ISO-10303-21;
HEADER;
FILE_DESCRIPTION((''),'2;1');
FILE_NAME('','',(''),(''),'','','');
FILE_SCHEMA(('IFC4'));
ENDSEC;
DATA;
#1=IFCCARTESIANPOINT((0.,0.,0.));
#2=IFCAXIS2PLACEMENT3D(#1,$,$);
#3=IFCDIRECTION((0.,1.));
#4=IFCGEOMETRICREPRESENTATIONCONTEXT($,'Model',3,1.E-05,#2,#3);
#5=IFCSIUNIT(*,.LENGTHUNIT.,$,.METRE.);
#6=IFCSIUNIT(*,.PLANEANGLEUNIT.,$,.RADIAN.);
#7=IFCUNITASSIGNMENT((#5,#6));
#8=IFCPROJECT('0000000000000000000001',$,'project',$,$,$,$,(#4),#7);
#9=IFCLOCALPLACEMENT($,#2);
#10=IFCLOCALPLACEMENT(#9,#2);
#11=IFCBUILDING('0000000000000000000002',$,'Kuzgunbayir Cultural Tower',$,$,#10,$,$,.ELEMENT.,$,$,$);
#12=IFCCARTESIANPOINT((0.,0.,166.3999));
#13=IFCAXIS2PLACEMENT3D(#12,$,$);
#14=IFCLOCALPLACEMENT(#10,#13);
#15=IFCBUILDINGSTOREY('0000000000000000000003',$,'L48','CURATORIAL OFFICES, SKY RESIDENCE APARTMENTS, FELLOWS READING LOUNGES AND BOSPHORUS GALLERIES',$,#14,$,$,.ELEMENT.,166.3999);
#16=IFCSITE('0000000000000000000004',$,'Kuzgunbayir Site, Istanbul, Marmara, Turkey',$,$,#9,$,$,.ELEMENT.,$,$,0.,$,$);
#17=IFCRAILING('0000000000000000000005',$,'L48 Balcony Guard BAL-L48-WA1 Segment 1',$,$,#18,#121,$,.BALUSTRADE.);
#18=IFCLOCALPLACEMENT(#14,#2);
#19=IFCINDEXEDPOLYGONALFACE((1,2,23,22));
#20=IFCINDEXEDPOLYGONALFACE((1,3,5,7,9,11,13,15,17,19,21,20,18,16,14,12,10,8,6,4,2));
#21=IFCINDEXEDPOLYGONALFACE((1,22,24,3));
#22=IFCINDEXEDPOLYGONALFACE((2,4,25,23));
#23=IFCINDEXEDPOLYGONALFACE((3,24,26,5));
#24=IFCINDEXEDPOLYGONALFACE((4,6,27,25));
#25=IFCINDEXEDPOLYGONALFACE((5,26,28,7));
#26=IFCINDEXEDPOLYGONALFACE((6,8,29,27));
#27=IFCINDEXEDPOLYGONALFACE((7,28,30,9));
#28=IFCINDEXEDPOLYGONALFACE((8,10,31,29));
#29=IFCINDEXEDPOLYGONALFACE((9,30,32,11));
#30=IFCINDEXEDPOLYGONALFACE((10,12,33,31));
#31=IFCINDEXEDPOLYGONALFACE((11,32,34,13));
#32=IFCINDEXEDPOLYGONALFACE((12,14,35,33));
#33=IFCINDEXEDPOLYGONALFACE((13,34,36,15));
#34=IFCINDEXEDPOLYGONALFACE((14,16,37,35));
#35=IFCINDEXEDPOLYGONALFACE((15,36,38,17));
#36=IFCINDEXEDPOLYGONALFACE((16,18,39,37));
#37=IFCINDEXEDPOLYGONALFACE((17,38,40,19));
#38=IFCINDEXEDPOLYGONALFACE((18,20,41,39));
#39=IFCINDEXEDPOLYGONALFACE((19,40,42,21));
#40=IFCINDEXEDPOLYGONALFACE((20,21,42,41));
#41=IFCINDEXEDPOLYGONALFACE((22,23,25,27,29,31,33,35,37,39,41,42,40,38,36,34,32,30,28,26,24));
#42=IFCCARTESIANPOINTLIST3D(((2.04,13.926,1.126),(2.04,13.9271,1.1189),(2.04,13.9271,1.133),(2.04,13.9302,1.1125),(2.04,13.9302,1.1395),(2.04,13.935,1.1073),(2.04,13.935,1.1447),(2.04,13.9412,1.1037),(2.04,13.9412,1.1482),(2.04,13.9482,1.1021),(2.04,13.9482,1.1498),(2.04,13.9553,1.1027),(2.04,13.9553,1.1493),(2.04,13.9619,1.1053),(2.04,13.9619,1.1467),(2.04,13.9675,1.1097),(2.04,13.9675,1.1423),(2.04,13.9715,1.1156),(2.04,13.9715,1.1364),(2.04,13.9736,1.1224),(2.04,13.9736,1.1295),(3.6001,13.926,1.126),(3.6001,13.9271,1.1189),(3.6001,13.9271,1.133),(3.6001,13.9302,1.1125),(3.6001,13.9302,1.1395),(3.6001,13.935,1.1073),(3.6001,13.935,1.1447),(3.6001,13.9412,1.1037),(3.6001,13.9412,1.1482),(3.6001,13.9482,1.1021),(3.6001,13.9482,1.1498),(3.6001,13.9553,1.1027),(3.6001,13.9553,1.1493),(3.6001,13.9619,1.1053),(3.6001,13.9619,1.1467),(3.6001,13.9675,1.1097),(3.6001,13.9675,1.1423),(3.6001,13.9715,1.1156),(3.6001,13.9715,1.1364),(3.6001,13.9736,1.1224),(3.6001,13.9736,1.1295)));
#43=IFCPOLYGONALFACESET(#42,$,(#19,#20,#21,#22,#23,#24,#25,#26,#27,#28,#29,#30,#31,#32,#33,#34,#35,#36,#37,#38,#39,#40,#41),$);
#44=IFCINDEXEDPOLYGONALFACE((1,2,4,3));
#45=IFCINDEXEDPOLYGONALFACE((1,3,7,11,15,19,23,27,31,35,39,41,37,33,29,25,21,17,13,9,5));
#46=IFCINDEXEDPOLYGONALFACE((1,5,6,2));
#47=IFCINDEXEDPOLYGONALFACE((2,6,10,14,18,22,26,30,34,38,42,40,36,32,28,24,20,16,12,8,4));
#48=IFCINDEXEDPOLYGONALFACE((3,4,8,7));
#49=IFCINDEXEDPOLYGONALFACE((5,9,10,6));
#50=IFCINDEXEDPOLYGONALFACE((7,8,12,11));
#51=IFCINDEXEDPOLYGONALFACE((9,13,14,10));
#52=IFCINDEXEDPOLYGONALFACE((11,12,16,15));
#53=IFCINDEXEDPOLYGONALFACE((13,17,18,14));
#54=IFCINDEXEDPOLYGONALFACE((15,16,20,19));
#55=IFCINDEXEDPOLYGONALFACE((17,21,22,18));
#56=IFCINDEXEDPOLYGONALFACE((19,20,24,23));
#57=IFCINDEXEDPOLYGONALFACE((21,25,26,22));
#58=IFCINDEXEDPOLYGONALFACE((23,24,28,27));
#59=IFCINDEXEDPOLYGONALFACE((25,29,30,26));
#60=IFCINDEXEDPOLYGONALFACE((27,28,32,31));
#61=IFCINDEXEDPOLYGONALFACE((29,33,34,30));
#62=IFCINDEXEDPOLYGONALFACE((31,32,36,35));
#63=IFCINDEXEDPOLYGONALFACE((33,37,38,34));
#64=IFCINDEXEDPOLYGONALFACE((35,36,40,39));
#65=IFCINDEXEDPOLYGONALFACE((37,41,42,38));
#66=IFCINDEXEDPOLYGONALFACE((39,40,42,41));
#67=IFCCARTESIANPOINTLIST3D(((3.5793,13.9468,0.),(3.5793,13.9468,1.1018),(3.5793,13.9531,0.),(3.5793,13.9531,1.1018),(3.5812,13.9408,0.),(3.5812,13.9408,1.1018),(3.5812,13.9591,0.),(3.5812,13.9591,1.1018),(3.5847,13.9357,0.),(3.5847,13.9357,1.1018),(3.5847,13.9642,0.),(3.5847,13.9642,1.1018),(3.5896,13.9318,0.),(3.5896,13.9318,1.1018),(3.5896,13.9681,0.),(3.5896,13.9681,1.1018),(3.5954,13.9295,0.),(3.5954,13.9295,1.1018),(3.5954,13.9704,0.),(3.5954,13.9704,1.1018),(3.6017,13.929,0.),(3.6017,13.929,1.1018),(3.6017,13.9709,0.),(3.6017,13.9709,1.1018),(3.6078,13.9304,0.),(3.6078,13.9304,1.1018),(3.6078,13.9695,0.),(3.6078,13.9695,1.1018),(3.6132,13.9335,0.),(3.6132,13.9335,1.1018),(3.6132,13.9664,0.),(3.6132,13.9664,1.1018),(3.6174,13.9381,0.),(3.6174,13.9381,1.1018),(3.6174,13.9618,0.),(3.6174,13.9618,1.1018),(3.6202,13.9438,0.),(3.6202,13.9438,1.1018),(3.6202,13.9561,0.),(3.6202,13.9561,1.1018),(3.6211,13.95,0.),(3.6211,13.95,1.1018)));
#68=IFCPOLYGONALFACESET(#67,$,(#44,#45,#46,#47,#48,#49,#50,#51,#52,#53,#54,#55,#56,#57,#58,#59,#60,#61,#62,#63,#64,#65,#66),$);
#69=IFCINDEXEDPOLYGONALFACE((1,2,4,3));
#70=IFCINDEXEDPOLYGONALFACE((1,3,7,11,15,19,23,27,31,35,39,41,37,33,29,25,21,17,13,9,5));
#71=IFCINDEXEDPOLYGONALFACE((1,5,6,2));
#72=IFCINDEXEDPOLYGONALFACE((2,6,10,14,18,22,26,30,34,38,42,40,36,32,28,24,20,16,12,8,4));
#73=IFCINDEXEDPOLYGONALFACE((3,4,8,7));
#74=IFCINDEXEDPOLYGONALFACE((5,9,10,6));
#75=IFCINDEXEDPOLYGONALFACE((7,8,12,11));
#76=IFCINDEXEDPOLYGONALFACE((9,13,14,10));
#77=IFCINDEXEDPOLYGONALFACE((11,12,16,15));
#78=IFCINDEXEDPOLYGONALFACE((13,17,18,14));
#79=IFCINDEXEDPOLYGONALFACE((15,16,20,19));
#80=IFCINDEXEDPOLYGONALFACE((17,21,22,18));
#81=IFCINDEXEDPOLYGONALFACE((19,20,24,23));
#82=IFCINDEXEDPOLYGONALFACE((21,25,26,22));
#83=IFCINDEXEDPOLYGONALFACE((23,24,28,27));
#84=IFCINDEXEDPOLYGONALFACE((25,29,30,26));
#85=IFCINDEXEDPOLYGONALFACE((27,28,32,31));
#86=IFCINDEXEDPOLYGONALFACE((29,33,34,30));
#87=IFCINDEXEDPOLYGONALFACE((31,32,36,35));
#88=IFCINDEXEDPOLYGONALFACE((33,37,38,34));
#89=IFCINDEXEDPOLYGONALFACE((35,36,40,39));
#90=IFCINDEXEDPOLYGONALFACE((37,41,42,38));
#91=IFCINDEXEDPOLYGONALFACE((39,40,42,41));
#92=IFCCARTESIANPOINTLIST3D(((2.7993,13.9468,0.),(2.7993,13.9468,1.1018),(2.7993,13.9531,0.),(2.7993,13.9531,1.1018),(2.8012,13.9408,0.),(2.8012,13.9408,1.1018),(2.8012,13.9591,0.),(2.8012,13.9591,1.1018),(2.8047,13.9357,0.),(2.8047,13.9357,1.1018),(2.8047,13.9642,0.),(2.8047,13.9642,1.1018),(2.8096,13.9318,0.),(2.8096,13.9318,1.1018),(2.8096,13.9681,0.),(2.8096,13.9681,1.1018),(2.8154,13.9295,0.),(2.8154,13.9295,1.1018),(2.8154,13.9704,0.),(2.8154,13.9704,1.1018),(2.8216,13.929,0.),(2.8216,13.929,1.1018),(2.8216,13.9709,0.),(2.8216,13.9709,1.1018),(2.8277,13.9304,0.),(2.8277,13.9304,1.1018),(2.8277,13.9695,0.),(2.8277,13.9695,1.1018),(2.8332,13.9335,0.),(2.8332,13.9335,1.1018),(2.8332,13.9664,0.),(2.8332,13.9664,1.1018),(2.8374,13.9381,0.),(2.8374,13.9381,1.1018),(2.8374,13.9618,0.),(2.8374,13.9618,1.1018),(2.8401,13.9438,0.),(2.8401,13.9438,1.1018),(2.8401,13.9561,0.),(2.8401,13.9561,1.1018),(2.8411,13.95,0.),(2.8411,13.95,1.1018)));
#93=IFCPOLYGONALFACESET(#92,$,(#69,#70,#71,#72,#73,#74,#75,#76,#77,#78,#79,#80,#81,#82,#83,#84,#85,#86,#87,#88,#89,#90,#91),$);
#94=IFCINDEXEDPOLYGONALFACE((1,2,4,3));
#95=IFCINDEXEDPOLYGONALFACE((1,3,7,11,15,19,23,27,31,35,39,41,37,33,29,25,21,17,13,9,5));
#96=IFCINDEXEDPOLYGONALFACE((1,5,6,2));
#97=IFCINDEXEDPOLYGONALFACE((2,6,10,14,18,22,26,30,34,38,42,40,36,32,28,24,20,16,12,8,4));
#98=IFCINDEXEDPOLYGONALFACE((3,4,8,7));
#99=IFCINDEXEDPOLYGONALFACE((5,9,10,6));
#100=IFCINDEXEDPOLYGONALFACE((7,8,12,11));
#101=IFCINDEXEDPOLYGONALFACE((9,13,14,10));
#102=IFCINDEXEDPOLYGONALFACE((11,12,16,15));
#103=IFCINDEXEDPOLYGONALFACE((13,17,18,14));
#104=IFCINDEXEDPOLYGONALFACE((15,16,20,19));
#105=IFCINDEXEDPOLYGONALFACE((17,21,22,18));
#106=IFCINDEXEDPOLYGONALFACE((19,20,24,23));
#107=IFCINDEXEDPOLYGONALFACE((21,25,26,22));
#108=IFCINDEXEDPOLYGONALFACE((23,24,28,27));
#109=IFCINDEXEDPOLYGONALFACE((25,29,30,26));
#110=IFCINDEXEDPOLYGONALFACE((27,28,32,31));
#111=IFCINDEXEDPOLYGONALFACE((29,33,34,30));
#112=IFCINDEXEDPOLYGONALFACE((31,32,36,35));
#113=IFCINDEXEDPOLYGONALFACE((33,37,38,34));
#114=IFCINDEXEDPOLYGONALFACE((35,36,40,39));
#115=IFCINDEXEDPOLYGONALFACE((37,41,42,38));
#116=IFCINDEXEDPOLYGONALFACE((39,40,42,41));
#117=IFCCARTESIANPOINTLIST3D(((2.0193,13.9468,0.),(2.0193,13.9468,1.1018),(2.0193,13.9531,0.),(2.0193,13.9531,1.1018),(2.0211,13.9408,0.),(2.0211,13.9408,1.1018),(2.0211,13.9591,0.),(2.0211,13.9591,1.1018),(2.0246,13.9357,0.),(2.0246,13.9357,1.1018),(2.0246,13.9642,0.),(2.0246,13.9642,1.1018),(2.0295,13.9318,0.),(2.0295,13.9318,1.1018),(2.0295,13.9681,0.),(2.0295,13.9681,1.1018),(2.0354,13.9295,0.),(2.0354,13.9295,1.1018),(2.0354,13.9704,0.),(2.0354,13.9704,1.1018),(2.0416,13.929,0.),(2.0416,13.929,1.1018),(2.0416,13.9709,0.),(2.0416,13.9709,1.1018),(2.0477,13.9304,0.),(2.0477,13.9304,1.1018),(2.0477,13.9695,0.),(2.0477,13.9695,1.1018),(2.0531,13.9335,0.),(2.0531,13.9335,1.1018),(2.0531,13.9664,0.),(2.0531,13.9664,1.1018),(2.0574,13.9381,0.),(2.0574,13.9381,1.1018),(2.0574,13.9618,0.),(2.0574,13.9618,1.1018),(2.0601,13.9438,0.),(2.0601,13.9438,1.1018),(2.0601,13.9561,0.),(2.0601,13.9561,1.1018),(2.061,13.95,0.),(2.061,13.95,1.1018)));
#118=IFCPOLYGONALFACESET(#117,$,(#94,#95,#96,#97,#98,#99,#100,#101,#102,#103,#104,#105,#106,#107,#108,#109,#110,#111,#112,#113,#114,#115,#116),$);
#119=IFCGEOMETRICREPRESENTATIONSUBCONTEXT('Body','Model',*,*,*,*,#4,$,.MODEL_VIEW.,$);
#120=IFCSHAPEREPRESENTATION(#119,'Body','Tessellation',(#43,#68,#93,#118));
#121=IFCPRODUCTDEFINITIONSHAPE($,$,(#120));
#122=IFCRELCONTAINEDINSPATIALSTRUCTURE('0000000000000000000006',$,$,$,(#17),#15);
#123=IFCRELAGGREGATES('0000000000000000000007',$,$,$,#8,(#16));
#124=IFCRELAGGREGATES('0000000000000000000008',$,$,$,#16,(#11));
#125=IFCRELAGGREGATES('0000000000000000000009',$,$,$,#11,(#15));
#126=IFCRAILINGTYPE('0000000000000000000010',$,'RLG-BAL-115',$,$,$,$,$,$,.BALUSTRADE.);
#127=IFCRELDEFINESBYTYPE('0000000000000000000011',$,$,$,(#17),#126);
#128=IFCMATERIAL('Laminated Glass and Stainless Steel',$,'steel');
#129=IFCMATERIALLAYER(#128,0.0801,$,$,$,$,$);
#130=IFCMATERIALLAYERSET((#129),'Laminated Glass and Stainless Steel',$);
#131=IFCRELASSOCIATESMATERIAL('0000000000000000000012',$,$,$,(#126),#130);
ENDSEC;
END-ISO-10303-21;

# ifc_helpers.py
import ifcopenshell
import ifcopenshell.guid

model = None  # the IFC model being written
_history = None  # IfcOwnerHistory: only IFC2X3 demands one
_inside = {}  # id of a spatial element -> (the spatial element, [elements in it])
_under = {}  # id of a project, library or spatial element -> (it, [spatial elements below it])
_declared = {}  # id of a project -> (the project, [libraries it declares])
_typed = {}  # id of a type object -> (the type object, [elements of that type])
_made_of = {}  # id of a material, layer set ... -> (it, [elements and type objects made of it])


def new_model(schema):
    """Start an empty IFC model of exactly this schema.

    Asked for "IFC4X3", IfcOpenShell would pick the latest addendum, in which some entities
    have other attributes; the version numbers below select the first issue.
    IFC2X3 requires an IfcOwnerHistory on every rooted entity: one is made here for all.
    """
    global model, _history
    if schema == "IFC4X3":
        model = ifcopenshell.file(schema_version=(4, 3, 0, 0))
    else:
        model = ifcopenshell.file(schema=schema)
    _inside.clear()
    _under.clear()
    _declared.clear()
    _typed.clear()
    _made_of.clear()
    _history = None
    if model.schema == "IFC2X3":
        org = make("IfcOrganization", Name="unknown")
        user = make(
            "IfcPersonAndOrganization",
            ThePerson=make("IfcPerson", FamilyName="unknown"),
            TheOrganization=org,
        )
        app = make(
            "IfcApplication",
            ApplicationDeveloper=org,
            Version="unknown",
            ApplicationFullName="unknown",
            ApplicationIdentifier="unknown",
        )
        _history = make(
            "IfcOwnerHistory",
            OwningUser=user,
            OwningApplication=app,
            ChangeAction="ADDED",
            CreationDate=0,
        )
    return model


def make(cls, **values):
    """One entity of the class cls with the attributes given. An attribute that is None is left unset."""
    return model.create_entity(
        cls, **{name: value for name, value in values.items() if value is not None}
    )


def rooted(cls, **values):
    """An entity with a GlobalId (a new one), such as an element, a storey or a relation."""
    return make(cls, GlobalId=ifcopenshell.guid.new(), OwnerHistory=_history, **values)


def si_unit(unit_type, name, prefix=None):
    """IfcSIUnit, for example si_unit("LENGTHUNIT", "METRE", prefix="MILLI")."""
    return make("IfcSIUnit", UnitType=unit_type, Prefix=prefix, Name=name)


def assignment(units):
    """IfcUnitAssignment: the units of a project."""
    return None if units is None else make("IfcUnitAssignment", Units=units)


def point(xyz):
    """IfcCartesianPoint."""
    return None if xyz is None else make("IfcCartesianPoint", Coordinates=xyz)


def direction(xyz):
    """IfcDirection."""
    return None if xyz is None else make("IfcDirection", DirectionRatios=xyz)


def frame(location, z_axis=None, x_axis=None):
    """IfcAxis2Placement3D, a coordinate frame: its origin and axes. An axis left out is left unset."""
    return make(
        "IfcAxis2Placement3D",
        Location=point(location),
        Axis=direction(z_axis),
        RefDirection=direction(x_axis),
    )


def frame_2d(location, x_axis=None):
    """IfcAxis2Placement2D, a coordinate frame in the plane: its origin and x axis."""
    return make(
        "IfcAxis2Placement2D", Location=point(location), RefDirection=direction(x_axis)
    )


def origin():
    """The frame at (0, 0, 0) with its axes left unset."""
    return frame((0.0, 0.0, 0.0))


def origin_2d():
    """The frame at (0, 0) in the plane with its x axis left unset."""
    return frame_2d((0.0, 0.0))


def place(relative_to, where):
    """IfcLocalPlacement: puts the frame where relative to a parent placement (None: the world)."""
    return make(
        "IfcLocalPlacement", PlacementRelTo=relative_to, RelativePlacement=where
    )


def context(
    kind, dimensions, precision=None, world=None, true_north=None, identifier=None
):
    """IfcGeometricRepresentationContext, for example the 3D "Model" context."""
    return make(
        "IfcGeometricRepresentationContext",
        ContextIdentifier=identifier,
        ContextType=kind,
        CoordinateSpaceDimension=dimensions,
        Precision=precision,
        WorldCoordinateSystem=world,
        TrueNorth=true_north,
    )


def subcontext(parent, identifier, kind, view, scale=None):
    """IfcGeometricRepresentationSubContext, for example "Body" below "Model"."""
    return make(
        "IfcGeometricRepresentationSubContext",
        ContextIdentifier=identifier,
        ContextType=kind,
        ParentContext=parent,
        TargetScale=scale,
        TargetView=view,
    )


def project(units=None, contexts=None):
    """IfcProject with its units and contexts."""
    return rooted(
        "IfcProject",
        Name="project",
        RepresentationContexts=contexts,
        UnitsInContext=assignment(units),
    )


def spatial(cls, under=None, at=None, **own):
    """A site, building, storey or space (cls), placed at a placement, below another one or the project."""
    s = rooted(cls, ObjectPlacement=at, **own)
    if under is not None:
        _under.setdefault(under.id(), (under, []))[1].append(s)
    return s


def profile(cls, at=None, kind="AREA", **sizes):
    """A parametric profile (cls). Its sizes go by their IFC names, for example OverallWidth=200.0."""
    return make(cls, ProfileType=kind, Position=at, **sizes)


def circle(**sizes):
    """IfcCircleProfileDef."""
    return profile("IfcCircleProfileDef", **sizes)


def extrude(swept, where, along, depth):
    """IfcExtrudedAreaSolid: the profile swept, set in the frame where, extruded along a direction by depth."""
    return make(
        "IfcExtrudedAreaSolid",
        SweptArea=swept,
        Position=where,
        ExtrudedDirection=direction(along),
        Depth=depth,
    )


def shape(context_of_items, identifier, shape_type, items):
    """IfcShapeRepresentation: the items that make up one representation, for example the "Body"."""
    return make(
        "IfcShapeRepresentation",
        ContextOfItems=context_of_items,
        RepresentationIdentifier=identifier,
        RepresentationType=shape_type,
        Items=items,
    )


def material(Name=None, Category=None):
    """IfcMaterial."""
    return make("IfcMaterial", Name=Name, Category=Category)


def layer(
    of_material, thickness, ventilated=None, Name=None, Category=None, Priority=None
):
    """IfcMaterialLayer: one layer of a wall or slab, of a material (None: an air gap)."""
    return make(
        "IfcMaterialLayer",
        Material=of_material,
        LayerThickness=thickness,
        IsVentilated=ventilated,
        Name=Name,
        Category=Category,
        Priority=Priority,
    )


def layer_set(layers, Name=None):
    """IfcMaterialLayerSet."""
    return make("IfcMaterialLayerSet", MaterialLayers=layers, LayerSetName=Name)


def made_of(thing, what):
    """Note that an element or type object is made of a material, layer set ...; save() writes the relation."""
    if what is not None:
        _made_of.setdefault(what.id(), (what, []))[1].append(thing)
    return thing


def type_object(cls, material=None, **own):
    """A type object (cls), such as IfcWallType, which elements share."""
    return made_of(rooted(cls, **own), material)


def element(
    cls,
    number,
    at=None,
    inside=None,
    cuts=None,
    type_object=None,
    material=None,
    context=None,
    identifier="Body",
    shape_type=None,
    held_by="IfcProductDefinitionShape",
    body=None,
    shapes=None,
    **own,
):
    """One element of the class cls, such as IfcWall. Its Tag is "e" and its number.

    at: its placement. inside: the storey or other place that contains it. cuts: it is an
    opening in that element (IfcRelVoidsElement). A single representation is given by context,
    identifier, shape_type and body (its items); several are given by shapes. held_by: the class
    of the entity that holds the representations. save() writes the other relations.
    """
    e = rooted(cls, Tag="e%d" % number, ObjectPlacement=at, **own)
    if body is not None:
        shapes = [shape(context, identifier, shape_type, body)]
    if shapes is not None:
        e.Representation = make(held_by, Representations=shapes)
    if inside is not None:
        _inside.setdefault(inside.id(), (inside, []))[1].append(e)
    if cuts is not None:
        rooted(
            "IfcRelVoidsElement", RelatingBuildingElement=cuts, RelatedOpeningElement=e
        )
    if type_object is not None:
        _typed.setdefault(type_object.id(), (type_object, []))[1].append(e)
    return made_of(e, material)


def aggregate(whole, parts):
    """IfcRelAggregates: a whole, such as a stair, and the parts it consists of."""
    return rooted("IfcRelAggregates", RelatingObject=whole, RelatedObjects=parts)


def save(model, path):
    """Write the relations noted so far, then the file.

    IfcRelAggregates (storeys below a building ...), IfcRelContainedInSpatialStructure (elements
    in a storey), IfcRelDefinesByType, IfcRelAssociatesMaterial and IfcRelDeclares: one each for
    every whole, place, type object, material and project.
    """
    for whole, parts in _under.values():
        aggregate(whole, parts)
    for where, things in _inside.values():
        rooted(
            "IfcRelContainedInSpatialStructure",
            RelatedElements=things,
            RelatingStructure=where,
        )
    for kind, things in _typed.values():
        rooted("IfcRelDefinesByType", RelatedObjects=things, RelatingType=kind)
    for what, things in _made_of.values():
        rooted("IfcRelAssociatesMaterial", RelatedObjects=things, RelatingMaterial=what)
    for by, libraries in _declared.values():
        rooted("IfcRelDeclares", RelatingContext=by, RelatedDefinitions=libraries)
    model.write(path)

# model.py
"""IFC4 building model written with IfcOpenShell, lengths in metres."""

from ifc_helpers import new_model, si_unit, direction, frame, origin, origin_2d, place, context, subcontext, project, spatial, circle, extrude, material, layer, layer_set, type_object, element, save


model = new_model("IFC4")

# Units and contexts
model_context = context("Model", 3, precision=1e-05, world=origin(), true_north=direction((0.0, 1.0)))
body_context = subcontext(model_context, "Body", "Model", "MODEL_VIEW")
ifc_project = project(units=[si_unit("LENGTHUNIT", "METRE"), si_unit("PLANEANGLEUNIT", "RADIAN")], contexts=[model_context])

# Site, building, storey
site_placement = place(None, origin())
site = spatial("IfcSite", under=ifc_project, at=site_placement, Name="Kuzgunbayir Site, Istanbul, Marmara, Turkey", CompositionType="ELEMENT", RefElevation=0.0)
building_placement = place(site_placement, origin())
building = spatial("IfcBuilding", under=site, at=building_placement, Name="Kuzgunbayir Cultural Tower", CompositionType="ELEMENT")
storey_placement = place(building_placement, frame((0.0, 0.0, 166.3999)))
storey = spatial("IfcBuildingStorey", under=building, at=storey_placement, Name="L48", Description="CURATORIAL OFFICES, SKY RESIDENCE APARTMENTS, FELLOWS READING LOUNGES AND BOSPHORUS GALLERIES", CompositionType="ELEMENT", Elevation=166.3999)

# Railing
ifc_material_1 = material(Name="Laminated Glass and Stainless Steel", Category="steel")
ifc_layer_1 = layer(ifc_material_1, 0.0801)
ifc_layer_set_1 = layer_set([ifc_layer_1], Name="Laminated Glass and Stainless Steel")
railing_type = type_object("IfcRailingType", Name="RLG-BAL-115", PredefinedType="BALUSTRADE", material=ifc_layer_set_1)
railing_1_placement = place(storey_placement, frame((3.6001, 13.95, 0.0)))
element("IfcRailing", 1, at=railing_1_placement, inside=storey, type_object=railing_type, Name="L48 Balcony Guard BAL-L48-WA1 Segment 1", PredefinedType="BALUSTRADE", context=body_context, shape_type="SweptSolid", body=[
    extrude(circle(Radius=0.0239, at=origin_2d()), frame((0.0, 0.0, 1.126), z_axis=(-1.0, 0.0, 0.0), x_axis=(0.0, -1.0, 0.0)), (0.0, 0.0, 1.0), 1.5601),
    extrude(circle(Radius=0.021, at=origin_2d()), origin(), (0.0, 0.0, 1.0), 1.1018),
    extrude(circle(Radius=0.021, at=origin_2d()), frame((-0.78, 0.0, 0.0)), (0.0, 0.0, 1.0), 1.1018),
    extrude(circle(Radius=0.021, at=origin_2d()), frame((-1.5601, 0.0, 0.0)), (0.0, 0.0, 1.0), 1.1018),
])

save(model, "model.ifc")
